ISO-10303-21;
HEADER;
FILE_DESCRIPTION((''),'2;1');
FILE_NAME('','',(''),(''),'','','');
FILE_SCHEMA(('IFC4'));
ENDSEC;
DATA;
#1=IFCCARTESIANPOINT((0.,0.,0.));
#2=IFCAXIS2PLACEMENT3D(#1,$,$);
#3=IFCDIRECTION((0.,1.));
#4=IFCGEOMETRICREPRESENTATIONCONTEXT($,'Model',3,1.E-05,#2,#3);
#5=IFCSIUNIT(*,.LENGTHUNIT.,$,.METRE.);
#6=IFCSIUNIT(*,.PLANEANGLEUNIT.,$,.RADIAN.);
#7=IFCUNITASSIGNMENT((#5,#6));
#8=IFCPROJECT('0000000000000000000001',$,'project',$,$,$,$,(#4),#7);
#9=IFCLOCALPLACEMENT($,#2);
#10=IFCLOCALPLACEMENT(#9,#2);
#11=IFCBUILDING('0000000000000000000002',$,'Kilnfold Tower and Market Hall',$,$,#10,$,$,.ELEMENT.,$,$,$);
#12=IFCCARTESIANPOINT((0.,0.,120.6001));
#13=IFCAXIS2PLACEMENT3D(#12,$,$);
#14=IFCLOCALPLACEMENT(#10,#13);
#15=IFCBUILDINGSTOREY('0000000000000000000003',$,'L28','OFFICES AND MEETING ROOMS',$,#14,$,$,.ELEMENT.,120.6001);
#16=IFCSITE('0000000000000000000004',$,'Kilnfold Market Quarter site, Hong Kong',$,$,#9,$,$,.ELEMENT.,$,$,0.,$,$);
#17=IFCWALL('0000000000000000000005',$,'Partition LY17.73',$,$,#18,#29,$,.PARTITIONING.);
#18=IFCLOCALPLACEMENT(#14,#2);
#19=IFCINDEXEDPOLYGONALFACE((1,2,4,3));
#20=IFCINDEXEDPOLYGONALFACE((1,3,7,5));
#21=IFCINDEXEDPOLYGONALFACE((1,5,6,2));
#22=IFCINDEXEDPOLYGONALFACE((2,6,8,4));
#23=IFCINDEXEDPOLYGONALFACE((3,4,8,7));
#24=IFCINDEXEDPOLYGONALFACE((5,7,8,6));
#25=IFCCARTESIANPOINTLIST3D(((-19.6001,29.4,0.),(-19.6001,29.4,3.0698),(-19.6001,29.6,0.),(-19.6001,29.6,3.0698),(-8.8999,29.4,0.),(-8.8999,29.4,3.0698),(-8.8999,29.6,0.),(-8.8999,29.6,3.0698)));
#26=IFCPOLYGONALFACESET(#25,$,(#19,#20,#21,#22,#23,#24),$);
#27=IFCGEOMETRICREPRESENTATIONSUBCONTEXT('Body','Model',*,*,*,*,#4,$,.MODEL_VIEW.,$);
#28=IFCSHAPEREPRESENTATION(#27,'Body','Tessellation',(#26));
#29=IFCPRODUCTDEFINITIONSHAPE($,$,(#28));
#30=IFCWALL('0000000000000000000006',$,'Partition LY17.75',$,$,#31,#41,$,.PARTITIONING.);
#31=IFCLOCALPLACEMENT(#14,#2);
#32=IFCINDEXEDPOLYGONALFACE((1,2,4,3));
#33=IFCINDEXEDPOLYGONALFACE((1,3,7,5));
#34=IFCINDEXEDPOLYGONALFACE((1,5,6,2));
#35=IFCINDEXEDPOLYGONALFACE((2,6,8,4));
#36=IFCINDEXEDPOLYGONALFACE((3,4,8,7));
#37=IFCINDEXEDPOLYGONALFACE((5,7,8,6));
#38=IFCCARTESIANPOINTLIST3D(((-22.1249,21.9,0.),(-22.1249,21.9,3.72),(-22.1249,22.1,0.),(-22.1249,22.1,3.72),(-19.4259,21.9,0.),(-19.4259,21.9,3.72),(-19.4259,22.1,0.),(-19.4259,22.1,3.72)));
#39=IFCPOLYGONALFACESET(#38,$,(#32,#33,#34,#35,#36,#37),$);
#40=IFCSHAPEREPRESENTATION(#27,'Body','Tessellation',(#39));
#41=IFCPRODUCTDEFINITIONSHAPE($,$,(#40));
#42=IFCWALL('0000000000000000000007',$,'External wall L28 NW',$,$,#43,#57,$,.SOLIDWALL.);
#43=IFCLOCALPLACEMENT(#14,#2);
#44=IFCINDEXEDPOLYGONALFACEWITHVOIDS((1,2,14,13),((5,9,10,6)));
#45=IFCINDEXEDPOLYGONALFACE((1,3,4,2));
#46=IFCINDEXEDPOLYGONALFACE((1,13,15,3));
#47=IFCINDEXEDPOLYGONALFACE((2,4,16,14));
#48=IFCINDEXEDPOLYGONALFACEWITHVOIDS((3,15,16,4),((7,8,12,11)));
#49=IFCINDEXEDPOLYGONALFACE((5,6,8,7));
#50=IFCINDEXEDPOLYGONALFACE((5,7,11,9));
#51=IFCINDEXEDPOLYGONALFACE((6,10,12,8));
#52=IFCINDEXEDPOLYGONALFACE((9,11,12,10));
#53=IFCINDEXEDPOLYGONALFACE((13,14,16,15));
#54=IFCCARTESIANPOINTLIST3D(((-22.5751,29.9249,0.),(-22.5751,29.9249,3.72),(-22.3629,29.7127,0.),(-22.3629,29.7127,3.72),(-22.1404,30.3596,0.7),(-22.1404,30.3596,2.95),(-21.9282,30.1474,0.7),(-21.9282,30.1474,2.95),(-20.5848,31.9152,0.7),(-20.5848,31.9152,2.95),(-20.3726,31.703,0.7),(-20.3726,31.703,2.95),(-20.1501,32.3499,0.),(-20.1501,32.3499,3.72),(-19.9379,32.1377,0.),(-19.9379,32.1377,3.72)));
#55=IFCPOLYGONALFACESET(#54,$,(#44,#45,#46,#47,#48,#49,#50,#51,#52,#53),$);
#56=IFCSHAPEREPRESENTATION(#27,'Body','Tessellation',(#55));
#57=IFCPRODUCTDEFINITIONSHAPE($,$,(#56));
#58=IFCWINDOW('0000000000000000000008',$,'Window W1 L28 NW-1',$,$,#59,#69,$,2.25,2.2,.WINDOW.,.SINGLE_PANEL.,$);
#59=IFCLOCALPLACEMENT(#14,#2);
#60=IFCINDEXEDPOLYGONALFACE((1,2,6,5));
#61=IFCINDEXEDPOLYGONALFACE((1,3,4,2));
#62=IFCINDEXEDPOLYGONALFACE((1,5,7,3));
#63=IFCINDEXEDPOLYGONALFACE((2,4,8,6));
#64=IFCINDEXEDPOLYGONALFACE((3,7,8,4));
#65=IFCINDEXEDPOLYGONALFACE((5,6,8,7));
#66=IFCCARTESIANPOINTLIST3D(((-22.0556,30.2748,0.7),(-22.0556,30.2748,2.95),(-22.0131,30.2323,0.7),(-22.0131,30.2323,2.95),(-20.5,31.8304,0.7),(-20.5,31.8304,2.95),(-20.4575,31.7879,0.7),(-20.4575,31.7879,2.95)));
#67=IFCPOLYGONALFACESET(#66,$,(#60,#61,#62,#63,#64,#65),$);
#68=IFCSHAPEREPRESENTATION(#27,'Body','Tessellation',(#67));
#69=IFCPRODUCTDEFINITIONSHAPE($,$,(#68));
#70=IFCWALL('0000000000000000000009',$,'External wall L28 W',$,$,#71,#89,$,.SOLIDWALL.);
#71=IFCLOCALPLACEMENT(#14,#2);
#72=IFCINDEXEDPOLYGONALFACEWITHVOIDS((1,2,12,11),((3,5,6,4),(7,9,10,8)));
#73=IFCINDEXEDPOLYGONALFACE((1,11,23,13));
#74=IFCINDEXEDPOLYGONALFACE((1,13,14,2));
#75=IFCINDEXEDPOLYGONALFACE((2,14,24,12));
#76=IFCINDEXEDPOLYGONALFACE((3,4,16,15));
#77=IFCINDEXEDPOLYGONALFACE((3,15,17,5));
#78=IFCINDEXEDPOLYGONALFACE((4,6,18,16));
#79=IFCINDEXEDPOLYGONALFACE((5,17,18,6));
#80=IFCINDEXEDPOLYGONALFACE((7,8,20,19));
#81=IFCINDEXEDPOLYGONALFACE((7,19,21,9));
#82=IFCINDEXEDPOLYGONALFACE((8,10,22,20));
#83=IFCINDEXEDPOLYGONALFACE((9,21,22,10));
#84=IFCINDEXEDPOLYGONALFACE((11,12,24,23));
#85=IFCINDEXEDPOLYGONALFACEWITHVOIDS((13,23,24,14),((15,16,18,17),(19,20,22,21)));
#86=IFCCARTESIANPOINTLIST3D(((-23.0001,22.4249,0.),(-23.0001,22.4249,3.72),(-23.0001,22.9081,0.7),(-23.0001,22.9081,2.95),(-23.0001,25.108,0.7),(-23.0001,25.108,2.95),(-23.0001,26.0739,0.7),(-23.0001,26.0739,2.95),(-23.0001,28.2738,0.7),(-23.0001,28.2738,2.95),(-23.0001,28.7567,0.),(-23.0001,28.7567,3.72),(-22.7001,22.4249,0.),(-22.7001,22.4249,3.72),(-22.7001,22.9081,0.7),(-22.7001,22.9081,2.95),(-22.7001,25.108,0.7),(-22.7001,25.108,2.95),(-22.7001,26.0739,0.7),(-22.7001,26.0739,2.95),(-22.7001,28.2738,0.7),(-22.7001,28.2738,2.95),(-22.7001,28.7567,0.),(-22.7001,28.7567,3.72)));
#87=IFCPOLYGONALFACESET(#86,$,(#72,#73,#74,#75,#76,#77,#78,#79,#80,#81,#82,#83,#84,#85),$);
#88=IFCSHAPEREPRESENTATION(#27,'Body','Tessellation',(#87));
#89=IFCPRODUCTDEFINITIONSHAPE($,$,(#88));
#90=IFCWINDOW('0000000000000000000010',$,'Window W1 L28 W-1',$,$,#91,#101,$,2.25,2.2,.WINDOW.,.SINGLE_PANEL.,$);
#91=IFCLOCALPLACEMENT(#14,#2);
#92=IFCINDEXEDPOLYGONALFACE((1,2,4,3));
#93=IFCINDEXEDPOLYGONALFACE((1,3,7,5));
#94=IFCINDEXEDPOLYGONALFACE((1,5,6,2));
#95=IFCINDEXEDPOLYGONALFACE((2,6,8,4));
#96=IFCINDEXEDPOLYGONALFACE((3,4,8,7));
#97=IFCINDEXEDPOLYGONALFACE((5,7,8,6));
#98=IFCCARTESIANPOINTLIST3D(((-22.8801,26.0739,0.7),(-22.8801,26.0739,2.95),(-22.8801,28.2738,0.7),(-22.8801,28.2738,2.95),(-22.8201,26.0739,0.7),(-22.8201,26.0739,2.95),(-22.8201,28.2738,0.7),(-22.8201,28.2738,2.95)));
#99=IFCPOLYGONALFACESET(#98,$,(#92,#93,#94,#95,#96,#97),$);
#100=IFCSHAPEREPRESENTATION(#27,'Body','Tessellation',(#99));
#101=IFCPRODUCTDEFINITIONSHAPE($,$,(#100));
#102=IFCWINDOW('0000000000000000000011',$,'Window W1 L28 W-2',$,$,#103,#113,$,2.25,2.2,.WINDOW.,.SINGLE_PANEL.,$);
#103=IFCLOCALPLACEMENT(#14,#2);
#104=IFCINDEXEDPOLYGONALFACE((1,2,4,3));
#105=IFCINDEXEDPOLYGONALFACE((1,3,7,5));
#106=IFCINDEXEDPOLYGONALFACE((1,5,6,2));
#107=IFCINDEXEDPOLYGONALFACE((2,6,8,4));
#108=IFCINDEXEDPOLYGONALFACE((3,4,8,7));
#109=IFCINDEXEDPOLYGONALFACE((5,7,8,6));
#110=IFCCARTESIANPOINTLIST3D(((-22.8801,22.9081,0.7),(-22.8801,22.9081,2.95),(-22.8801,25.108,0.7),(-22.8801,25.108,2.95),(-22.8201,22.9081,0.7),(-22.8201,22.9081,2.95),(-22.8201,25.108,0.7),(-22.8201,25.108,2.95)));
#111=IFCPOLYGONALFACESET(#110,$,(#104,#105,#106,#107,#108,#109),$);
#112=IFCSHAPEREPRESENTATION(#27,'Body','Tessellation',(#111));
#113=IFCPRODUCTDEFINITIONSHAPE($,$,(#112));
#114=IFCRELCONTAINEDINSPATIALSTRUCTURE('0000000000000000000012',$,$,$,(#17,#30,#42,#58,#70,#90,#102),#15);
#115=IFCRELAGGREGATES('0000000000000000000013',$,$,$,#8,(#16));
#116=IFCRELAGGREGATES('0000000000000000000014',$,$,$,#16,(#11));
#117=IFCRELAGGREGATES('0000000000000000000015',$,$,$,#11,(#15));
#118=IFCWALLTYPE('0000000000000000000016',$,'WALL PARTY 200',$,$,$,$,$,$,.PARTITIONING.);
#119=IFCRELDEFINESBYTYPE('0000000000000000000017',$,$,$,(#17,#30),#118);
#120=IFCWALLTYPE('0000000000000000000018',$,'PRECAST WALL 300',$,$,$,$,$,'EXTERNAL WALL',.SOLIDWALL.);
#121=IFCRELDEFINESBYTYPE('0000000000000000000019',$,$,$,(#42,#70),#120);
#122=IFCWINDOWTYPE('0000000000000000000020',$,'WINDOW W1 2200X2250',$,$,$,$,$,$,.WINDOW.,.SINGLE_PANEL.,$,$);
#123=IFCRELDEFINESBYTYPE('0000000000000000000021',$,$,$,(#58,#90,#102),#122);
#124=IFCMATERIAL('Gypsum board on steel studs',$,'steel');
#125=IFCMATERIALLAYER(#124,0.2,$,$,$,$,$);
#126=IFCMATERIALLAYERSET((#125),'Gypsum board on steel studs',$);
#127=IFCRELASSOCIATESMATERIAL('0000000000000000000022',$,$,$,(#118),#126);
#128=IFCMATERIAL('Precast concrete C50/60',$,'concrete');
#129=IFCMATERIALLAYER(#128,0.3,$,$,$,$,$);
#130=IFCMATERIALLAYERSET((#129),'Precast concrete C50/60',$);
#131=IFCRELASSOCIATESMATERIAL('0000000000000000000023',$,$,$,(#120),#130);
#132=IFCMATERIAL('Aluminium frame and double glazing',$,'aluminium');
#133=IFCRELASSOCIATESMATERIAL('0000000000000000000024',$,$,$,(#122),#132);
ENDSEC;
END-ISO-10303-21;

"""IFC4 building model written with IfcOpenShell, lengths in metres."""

from ifc_helpers import new_model, si_unit, direction, frame, frame_2d, origin, place, context, subcontext, project, spatial, rectangle, extrude, source, transform, mapped, material, layer, layer_set, type_object, element, fill, save


model = new_model("IFC4")

# Units and contexts
model_context = context("Model", 3, precision=1e-05, world=origin(), true_north=direction((0.0, 1.0)))
body_context = subcontext(model_context, "Body", "Model", "MODEL_VIEW")
ifc_project = project(units=[si_unit("LENGTHUNIT", "METRE"), si_unit("PLANEANGLEUNIT", "RADIAN")], contexts=[model_context])

# Site, building, storey
site_placement = place(None, origin())
site = spatial("IfcSite", under=ifc_project, at=site_placement, Name="Kilnfold Market Quarter site, Hong Kong", CompositionType="ELEMENT", RefElevation=0.0)
building_placement = place(site_placement, origin())
building = spatial("IfcBuilding", under=site, at=building_placement, Name="Kilnfold Tower and Market Hall", CompositionType="ELEMENT")
storey_placement = place(building_placement, frame((0.0, 0.0, 120.6001)))
storey = spatial("IfcBuildingStorey", under=building, at=storey_placement, Name="L28", Description="OFFICES AND MEETING ROOMS", CompositionType="ELEMENT", Elevation=120.6001)

# Walls
ifc_material_1 = material(Name="Gypsum board on steel studs", Category="steel")
ifc_layer_1 = layer(ifc_material_1, 0.2)
ifc_layer_set_1 = layer_set([ifc_layer_1], Name="Gypsum board on steel studs")
wall_type_1 = type_object("IfcWallType", Name="WALL PARTY 200", PredefinedType="PARTITIONING", material=ifc_layer_set_1)
wall_1_placement = place(storey_placement, frame((-19.6001, 29.5, 0.0), z_axis=(0.0, 0.0, 1.0), x_axis=(1.0, 0.0, 0.0)))
element("IfcWall", 1, at=wall_1_placement, inside=storey, type_object=wall_type_1, Name="Partition LY17.73", PredefinedType="PARTITIONING", context=body_context, shape_type="SweptSolid", body=[
    extrude(rectangle(XDim=10.7002, YDim=0.2, at=frame_2d((5.3501, 0.0))), origin(), (0.0, 0.0, 1.0), 3.0698),
])
wall_2_placement = place(storey_placement, frame((-22.125, 22.0, 0.0), z_axis=(0.0, 0.0, 1.0), x_axis=(1.0, 0.0, 0.0)))
element("IfcWall", 2, at=wall_2_placement, inside=storey, type_object=wall_type_1, Name="Partition LY17.75", PredefinedType="PARTITIONING", context=body_context, shape_type="SweptSolid", body=[
    extrude(rectangle(XDim=2.699, YDim=0.2, at=frame_2d((1.3496, 0.0))), origin(), (0.0, 0.0, 1.0), 3.72),
])

# Wall, opening, window
ifc_material_2 = material(Name="Precast concrete C50/60", Category="concrete")
ifc_layer_2 = layer(ifc_material_2, 0.3)
ifc_layer_set_2 = layer_set([ifc_layer_2], Name="Precast concrete C50/60")
wall_type_2 = type_object("IfcWallType", Name="PRECAST WALL 300", ElementType="EXTERNAL WALL", PredefinedType="SOLIDWALL", material=ifc_layer_set_2)
shared_shape_1 = source(origin(), body_context, "Body", "SweptSolid", [
    extrude(rectangle(XDim=3.4294, YDim=0.3, at=frame_2d((1.7148, 0.0))), origin(), (0.0, 0.0, 1.0), 3.72),
])
wall_3_placement = place(storey_placement, frame((-20.0439, 32.2439, 0.0), z_axis=(0.0, 0.0, 1.0), x_axis=(-0.707107, -0.707107, 0.0)))
wall_3 = element("IfcWall", 3, at=wall_3_placement, inside=storey, type_object=wall_type_2, Name="External wall L28 NW", PredefinedType="SOLIDWALL", context=body_context, shape_type="MappedRepresentation", body=[
    mapped(shared_shape_1, transform((0.0, 0.0, 0.0))),
])
opening_1_placement = place(wall_3_placement, frame((0.6147, 0.0, 0.7)))
opening_1 = element("IfcOpeningElement", 4, at=opening_1_placement, cuts=wall_3, PredefinedType="OPENING", context=body_context, shape_type="SweptSolid", body=[
    extrude(rectangle(XDim=2.2, YDim=2.25, at=frame_2d((1.1001, 1.125))), frame((0.0, 0.1602, 0.0), z_axis=(0.0, -1.0, 0.0), x_axis=(1.0, 0.0, 0.0)), (0.0, 0.0, 1.0), 0.3201),
])
ifc_material_3 = material(Name="Aluminium frame and double glazing", Category="aluminium")
window_type = type_object("IfcWindowType", Name="WINDOW W1 2200X2250", PartitioningType="SINGLE_PANEL", PredefinedType="WINDOW", material=ifc_material_3)
window_1_placement = place(opening_1_placement, origin())
window_1 = element("IfcWindow", 5, at=window_1_placement, inside=storey, type_object=window_type, Name="Window W1 L28 NW-1", OverallHeight=2.25, OverallWidth=2.2, PartitioningType="SINGLE_PANEL", PredefinedType="WINDOW", context=body_context, shape_type="SweptSolid", body=[
    extrude(rectangle(XDim=2.2, YDim=2.25, at=frame_2d((1.1001, 1.125))), frame((0.0, 0.03, 0.0), z_axis=(0.0, -1.0, 0.0), x_axis=(1.0, 0.0, 0.0)), (0.0, 0.0, 1.0), 0.0601),
])
fill(opening_1, window_1)

# Wall, openings, windows
shared_shape_2 = source(origin(), body_context, "Body", "SweptSolid", [
    extrude(rectangle(XDim=6.3318, YDim=0.3, at=frame_2d((3.166, 0.0))), origin(), (0.0, 0.0, 1.0), 3.72),
])
wall_4_placement = place(storey_placement, frame((-22.8501, 28.7568, 0.0), z_axis=(0.0, 0.0, 1.0), x_axis=(0.0, -1.0, 0.0)))
wall_4 = element("IfcWall", 6, at=wall_4_placement, inside=storey, type_object=wall_type_2, Name="External wall L28 W", PredefinedType="SOLIDWALL", context=body_context, shape_type="MappedRepresentation", body=[
    mapped(shared_shape_2, transform((0.0, 0.0, 0.0))),
])
opening_2_placement = place(wall_4_placement, frame((0.4829, 0.0, 0.7)))
opening_2 = element("IfcOpeningElement", 7, at=opening_2_placement, cuts=wall_4, PredefinedType="OPENING", context=body_context, shape_type="SweptSolid", body=[
    extrude(rectangle(XDim=2.2, YDim=2.25, at=frame_2d((1.1001, 1.125))), frame((0.0, 0.1602, 0.0), z_axis=(0.0, -1.0, 0.0), x_axis=(1.0, 0.0, 0.0)), (0.0, 0.0, 1.0), 0.3201),
])
opening_3_placement = place(wall_4_placement, frame((3.6487, 0.0, 0.7)))
opening_3 = element("IfcOpeningElement", 8, at=opening_3_placement, cuts=wall_4, PredefinedType="OPENING", context=body_context, shape_type="SweptSolid", body=[
    extrude(rectangle(XDim=2.2, YDim=2.25, at=frame_2d((1.1001, 1.125))), frame((0.0, 0.1602, 0.0), z_axis=(0.0, -1.0, 0.0), x_axis=(1.0, 0.0, 0.0)), (0.0, 0.0, 1.0), 0.3201),
])
window_2_placement = place(opening_2_placement, origin())
window_2 = element("IfcWindow", 9, at=window_2_placement, inside=storey, type_object=window_type, Name="Window W1 L28 W-1", OverallHeight=2.25, OverallWidth=2.2, PartitioningType="SINGLE_PANEL", PredefinedType="WINDOW", context=body_context, shape_type="SweptSolid", body=[
    extrude(rectangle(XDim=2.2, YDim=2.25, at=frame_2d((1.1001, 1.125))), frame((0.0, 0.03, 0.0), z_axis=(0.0, -1.0, 0.0), x_axis=(1.0, 0.0, 0.0)), (0.0, 0.0, 1.0), 0.0601),
])
fill(opening_2, window_2)
window_3_placement = place(opening_3_placement, origin())
window_3 = element("IfcWindow", 10, at=window_3_placement, inside=storey, type_object=window_type, Name="Window W1 L28 W-2", OverallHeight=2.25, OverallWidth=2.2, PartitioningType="SINGLE_PANEL", PredefinedType="WINDOW", context=body_context, shape_type="SweptSolid", body=[
    extrude(rectangle(XDim=2.2, YDim=2.25, at=frame_2d((1.1001, 1.125))), frame((0.0, 0.03, 0.0), z_axis=(0.0, -1.0, 0.0), x_axis=(1.0, 0.0, 0.0)), (0.0, 0.0, 1.0), 0.0601),
])
fill(opening_3, window_3)

save(model, "model.ifc")
